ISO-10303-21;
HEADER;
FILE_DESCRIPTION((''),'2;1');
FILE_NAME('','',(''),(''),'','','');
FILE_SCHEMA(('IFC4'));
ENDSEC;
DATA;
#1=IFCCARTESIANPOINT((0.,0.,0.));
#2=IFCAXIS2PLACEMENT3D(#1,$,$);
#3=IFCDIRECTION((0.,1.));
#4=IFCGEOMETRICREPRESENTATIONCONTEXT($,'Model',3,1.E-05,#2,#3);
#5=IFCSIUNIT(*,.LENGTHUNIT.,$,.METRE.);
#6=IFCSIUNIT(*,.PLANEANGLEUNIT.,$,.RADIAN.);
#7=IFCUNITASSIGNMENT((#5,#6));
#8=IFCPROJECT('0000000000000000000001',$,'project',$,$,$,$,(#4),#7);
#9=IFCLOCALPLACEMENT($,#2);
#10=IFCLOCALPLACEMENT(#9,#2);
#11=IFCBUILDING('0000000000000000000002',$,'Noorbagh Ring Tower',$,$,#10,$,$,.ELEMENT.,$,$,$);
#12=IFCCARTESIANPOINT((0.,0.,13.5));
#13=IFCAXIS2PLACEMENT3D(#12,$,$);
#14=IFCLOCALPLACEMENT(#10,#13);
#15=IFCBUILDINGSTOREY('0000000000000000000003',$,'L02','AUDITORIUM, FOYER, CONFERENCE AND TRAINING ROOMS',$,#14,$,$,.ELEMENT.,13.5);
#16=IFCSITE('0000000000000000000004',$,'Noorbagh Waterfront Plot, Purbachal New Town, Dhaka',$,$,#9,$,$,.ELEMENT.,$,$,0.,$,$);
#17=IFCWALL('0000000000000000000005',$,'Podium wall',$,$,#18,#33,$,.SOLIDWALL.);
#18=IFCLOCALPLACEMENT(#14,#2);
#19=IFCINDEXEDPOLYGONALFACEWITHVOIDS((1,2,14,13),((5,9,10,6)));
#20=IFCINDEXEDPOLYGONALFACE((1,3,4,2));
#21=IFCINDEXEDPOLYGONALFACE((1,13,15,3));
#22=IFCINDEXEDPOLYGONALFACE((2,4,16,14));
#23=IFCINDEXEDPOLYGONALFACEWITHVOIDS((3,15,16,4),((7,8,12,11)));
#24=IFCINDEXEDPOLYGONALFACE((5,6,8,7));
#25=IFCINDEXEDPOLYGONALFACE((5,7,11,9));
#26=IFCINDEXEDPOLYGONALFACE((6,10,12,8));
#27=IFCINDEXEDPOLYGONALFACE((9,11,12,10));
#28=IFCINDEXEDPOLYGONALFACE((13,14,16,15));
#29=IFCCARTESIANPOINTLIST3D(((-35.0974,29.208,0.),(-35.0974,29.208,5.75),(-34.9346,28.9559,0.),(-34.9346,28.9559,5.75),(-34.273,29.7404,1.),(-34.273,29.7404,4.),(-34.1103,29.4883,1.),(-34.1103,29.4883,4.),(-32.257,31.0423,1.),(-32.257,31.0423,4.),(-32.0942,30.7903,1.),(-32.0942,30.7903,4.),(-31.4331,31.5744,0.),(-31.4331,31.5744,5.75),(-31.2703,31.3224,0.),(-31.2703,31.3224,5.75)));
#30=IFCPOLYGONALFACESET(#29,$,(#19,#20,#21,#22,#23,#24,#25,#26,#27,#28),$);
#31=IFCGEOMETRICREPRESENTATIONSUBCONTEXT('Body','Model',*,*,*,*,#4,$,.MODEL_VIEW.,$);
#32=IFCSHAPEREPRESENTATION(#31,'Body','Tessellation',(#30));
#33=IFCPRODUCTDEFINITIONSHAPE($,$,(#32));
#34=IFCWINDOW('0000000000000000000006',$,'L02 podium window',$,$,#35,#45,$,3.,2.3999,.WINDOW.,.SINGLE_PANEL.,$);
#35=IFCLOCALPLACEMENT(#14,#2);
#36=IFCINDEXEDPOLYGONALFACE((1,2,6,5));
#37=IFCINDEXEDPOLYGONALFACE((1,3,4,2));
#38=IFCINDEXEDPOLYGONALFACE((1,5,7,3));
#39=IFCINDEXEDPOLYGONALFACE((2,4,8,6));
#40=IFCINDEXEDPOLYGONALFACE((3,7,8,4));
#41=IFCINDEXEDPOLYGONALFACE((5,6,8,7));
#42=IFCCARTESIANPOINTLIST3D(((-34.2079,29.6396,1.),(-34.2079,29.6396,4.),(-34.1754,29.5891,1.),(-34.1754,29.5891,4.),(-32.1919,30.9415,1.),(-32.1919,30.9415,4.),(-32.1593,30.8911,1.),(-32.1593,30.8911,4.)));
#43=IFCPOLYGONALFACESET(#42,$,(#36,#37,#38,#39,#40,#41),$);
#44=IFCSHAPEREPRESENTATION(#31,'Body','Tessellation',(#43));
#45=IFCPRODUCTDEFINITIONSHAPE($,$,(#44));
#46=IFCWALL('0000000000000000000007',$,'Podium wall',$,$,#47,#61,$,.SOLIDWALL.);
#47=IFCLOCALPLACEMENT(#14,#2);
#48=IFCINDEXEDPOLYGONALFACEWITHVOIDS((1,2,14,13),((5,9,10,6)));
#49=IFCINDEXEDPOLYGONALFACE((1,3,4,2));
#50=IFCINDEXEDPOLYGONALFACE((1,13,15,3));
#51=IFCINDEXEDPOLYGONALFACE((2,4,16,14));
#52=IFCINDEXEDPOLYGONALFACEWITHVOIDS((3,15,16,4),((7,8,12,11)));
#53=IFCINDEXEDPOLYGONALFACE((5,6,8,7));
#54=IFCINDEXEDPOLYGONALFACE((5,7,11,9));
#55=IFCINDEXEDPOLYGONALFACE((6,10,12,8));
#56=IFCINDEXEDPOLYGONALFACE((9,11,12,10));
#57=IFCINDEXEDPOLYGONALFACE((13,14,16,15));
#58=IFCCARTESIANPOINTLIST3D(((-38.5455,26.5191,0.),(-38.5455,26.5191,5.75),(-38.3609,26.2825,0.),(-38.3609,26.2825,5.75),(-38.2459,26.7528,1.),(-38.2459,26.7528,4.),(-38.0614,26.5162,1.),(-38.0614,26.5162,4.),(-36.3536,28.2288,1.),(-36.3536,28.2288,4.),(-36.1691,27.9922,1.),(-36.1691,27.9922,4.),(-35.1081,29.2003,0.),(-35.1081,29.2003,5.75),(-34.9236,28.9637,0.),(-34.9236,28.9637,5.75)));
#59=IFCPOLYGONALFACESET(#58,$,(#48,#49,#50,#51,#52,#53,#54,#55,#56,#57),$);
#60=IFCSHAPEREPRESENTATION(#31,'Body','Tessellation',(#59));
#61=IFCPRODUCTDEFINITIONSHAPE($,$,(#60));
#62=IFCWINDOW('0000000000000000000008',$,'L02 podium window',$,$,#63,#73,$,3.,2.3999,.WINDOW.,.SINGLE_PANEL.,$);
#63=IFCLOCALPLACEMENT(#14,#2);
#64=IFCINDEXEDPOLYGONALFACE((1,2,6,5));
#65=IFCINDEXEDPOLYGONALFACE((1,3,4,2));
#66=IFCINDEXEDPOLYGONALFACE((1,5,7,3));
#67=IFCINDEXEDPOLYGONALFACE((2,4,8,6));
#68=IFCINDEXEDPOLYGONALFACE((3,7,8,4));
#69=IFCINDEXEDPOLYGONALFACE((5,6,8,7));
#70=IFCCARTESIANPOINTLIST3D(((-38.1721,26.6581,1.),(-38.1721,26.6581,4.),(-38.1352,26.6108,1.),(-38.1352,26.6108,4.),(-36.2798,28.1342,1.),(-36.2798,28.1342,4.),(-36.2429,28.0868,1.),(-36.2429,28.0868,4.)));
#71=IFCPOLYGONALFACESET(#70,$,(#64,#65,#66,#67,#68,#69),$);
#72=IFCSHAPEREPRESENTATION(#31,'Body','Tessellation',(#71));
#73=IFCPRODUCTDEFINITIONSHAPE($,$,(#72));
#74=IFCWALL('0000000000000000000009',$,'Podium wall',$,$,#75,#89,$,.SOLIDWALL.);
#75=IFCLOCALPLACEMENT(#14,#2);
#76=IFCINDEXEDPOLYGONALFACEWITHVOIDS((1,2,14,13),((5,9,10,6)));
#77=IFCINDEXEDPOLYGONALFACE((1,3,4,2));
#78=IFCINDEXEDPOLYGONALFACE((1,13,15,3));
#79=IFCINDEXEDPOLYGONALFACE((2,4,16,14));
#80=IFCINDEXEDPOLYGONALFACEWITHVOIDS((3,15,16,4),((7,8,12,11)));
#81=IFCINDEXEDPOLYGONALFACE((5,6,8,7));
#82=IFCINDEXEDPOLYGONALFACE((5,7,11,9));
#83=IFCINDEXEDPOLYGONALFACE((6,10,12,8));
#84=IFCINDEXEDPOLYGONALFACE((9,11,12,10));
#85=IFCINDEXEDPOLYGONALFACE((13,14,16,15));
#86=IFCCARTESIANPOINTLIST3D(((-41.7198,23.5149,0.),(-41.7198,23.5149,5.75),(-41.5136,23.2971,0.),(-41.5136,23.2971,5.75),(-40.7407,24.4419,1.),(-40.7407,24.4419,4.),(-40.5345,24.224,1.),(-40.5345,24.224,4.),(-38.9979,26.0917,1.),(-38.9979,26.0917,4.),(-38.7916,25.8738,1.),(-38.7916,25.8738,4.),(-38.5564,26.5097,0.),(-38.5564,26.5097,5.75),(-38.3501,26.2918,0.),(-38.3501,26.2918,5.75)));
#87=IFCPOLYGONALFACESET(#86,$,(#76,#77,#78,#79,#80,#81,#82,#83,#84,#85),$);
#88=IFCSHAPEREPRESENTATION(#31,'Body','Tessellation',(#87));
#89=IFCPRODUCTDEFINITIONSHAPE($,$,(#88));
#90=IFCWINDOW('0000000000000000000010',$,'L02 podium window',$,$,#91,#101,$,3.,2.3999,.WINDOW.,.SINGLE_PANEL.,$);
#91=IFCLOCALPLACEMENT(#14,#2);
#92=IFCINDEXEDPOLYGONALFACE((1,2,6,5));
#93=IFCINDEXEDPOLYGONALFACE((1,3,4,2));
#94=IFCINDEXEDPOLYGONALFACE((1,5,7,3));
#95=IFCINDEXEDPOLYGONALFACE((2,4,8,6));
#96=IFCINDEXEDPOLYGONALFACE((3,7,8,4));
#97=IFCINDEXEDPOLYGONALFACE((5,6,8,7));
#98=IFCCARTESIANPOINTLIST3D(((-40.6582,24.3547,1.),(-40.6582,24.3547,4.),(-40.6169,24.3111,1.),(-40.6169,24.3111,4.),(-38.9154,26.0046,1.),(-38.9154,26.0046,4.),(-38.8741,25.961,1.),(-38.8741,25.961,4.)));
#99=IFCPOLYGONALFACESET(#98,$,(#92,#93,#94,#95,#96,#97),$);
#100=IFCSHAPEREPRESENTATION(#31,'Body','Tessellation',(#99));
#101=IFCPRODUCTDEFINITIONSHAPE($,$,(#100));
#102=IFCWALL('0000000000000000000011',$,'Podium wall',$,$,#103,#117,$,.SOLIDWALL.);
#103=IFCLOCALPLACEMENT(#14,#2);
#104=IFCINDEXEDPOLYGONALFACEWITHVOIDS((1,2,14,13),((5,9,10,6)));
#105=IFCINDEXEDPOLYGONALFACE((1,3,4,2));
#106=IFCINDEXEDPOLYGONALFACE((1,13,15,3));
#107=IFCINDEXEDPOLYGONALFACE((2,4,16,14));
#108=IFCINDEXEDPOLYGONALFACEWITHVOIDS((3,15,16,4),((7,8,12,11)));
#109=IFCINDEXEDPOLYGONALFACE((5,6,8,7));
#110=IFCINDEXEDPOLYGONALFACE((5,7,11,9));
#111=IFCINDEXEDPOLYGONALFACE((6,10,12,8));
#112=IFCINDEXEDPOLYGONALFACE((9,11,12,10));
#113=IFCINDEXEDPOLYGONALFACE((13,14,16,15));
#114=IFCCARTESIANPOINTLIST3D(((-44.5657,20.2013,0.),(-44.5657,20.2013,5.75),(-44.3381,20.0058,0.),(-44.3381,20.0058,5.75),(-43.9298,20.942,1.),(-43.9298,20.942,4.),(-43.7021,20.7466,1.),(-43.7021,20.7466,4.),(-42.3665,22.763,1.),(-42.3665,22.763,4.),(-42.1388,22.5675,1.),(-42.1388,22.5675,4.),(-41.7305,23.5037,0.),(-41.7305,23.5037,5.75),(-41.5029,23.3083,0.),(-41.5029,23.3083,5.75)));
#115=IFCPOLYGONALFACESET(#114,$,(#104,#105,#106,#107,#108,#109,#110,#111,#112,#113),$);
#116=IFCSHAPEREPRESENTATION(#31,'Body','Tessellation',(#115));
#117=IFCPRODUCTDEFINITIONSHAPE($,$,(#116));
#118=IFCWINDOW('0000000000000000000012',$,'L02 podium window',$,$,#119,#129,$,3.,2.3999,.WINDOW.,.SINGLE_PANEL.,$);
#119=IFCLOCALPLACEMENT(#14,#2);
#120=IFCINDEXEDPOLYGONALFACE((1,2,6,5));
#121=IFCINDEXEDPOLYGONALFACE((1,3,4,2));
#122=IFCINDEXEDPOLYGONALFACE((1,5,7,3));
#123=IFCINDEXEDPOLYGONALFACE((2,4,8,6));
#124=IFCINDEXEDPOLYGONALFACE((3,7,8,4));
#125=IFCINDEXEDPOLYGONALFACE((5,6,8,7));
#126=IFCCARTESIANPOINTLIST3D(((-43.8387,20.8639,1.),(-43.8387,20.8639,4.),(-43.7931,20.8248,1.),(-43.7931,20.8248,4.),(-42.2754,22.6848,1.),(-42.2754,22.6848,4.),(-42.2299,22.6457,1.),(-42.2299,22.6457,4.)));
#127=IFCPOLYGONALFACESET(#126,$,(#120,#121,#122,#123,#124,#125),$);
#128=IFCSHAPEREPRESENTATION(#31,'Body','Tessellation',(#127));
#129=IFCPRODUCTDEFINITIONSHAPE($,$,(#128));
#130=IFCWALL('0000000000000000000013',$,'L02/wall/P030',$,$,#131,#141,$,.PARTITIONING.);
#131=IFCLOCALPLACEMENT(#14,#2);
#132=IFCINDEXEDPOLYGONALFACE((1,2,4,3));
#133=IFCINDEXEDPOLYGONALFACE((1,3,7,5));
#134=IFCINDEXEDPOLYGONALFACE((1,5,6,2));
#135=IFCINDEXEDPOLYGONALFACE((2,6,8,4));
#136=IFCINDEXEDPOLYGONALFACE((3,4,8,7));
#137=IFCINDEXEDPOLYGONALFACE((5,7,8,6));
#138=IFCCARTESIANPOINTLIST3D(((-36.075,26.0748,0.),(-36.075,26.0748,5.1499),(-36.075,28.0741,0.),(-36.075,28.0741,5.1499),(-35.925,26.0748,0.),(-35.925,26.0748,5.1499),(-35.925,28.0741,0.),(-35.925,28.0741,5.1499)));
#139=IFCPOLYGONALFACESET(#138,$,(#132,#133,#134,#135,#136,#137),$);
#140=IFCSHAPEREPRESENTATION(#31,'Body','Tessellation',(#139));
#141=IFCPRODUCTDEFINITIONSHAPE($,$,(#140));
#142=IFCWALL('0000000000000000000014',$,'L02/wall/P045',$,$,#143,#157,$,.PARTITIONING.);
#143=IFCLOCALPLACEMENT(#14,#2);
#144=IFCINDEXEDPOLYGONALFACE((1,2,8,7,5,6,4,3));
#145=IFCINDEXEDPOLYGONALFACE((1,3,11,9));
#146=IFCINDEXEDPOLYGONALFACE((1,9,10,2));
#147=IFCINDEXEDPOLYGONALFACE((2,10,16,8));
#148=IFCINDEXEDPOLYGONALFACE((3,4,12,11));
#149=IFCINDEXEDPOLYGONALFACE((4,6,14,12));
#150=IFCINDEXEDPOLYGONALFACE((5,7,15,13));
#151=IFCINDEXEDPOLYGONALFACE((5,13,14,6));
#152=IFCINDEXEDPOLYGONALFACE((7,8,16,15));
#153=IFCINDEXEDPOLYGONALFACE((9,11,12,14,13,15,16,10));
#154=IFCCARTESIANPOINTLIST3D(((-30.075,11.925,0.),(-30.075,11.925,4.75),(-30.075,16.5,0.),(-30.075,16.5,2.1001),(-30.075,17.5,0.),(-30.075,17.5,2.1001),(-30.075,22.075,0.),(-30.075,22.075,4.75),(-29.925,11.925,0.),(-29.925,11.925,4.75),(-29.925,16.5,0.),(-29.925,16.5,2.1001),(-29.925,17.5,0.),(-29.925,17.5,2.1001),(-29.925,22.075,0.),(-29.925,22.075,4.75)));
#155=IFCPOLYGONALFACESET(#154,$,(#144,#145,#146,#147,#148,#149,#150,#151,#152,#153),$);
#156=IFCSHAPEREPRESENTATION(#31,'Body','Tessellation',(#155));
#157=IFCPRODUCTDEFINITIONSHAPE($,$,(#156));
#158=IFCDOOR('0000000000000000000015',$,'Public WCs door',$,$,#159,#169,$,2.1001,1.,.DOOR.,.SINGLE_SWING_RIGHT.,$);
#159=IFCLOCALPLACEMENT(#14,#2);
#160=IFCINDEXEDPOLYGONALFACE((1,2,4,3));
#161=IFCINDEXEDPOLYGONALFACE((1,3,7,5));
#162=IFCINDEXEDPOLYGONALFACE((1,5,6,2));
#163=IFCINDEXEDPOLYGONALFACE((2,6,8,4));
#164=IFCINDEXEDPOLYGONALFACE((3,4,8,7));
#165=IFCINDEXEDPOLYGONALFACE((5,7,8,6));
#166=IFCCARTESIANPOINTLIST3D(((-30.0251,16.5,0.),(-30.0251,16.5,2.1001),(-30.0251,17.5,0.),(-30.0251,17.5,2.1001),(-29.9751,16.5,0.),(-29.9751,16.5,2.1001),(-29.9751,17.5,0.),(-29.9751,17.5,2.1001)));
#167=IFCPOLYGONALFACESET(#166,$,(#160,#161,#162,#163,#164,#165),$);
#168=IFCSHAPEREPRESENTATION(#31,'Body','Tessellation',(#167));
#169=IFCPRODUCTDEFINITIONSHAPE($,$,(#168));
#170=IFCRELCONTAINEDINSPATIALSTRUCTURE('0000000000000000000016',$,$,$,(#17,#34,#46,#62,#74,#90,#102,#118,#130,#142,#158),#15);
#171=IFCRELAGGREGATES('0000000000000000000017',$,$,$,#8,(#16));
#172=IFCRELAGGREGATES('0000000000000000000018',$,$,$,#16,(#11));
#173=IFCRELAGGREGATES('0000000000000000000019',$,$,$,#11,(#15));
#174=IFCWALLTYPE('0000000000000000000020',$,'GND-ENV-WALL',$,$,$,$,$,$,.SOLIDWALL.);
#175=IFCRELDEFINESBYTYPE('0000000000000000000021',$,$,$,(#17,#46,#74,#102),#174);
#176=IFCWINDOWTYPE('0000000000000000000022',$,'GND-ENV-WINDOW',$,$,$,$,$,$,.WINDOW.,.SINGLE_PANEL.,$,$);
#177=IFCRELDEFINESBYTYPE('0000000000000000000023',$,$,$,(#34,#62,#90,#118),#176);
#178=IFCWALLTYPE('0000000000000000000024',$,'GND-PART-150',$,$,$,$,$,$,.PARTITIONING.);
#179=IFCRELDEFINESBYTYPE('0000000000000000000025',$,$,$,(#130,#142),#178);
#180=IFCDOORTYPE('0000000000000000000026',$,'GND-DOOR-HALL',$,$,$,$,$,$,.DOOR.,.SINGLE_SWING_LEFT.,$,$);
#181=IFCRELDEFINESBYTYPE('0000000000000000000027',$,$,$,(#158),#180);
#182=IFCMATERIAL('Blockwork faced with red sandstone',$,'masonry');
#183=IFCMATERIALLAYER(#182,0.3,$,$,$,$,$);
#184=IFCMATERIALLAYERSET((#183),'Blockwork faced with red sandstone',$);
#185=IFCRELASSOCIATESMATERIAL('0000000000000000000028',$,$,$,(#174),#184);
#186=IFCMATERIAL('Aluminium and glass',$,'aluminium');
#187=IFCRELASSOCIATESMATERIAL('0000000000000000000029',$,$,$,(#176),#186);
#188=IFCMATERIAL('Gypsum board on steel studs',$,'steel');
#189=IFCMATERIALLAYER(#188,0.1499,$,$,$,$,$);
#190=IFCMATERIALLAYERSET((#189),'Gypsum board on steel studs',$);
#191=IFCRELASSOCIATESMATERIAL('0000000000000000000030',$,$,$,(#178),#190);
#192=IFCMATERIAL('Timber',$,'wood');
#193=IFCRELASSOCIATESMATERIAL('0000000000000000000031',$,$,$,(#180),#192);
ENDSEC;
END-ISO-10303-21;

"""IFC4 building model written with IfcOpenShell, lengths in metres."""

from ifc_helpers import new_model, si_unit, direction, frame, frame_2d, origin, place, context, subcontext, project, spatial, rectangle, extrude, material, layer, layer_set, type_object, element, fill, save


model = new_model("IFC4")

# Units and contexts
model_context = context("Model", 3, precision=1e-05, world=origin(), true_north=direction((0.0, 1.0)))
body_context = subcontext(model_context, "Body", "Model", "MODEL_VIEW")
ifc_project = project(units=[si_unit("LENGTHUNIT", "METRE"), si_unit("PLANEANGLEUNIT", "RADIAN")], contexts=[model_context])

# Site, building, storey
site_placement = place(None, origin())
site = spatial("IfcSite", under=ifc_project, at=site_placement, Name="Noorbagh Waterfront Plot, Purbachal New Town, Dhaka", CompositionType="ELEMENT", RefElevation=0.0)
building_placement = place(site_placement, origin())
building = spatial("IfcBuilding", under=site, at=building_placement, Name="Noorbagh Ring Tower", CompositionType="ELEMENT")
storey_placement = place(building_placement, frame((0.0, 0.0, 13.5)))
storey = spatial("IfcBuildingStorey", under=building, at=storey_placement, Name="L02", Description="AUDITORIUM, FOYER, CONFERENCE AND TRAINING ROOMS", CompositionType="ELEMENT", Elevation=13.5)

# Walls, openings, windows
ifc_material_1 = material(Name="Blockwork faced with red sandstone", Category="masonry")
ifc_layer_1 = layer(ifc_material_1, 0.3)
ifc_layer_set_1 = layer_set([ifc_layer_1], Name="Blockwork faced with red sandstone")
wall_type_1 = type_object("IfcWallType", Name="GND-ENV-WALL", PredefinedType="SOLIDWALL", material=ifc_layer_set_1)
wall_1_placement = place(storey_placement, frame((-31.3516, 31.4485, 0.0), z_axis=(0.0, 0.0, 1.0), x_axis=(-0.840047, -0.542513, 0.0)))
wall_1 = element("IfcWall", 1, at=wall_1_placement, inside=storey, type_object=wall_type_1, Name="Podium wall", PredefinedType="SOLIDWALL", context=body_context, shape_type="SweptSolid", body=[
    extrude(rectangle(XDim=4.3621, YDim=0.3, at=frame_2d((2.1812, 0.0))), origin(), (0.0, 0.0, 1.0), 5.75),
])
opening_1_placement = place(wall_1_placement, frame((0.981, 0.0, 1.0)))
opening_1 = element("IfcOpeningElement", 2, at=opening_1_placement, cuts=wall_1, PredefinedType="OPENING", context=body_context, shape_type="SweptSolid", body=[
    extrude(rectangle(XDim=2.3999, YDim=3.0, at=frame_2d((1.2, 1.5))), frame((0.0, 0.1602, 0.0), z_axis=(0.0, -1.0, 0.0), x_axis=(1.0, 0.0, 0.0)), (0.0, 0.0, 1.0), 0.3201),
])
ifc_material_2 = material(Name="Aluminium and glass", Category="aluminium")
window_type = type_object("IfcWindowType", Name="GND-ENV-WINDOW", PartitioningType="SINGLE_PANEL", PredefinedType="WINDOW", material=ifc_material_2)
window_1_placement = place(opening_1_placement, origin())
window_1 = element("IfcWindow", 3, at=window_1_placement, inside=storey, type_object=window_type, Name="L02 podium window", OverallHeight=3.0, OverallWidth=2.3999, PartitioningType="SINGLE_PANEL", PredefinedType="WINDOW", context=body_context, shape_type="SweptSolid", body=[
    extrude(rectangle(XDim=2.3999, YDim=3.0, at=frame_2d((1.2, 1.5))), frame((0.0, 0.03, 0.0), z_axis=(0.0, -1.0, 0.0), x_axis=(1.0, 0.0, 0.0)), (0.0, 0.0, 1.0), 0.0601),
])
fill(opening_1, window_1)
wall_2_placement = place(storey_placement, frame((-35.0159, 29.082, 0.0), z_axis=(0.0, 0.0, 1.0), x_axis=(-0.788492, -0.615045, 0.0)))
wall_2 = element("IfcWall", 4, at=wall_2_placement, inside=storey, type_object=wall_type_1, Name="Podium wall", PredefinedType="SOLIDWALL", context=body_context, shape_type="SweptSolid", body=[
    extrude(rectangle(XDim=4.3594, YDim=0.3, at=frame_2d((2.1797, 0.0))), origin(), (0.0, 0.0, 1.0), 5.75),
])
opening_2_placement = place(wall_2_placement, frame((1.5796, 0.0, 1.0)))
opening_2 = element("IfcOpeningElement", 5, at=opening_2_placement, cuts=wall_2, PredefinedType="OPENING", context=body_context, shape_type="SweptSolid", body=[
    extrude(rectangle(XDim=2.3999, YDim=3.0, at=frame_2d((1.2, 1.5))), frame((0.0, 0.1602, 0.0), z_axis=(0.0, -1.0, 0.0), x_axis=(1.0, 0.0, 0.0)), (0.0, 0.0, 1.0), 0.3201),
])
window_2_placement = place(opening_2_placement, origin())
window_2 = element("IfcWindow", 6, at=window_2_placement, inside=storey, type_object=window_type, Name="L02 podium window", OverallHeight=3.0, OverallWidth=2.3999, PartitioningType="SINGLE_PANEL", PredefinedType="WINDOW", context=body_context, shape_type="SweptSolid", body=[
    extrude(rectangle(XDim=2.3999, YDim=3.0, at=frame_2d((1.2, 1.5))), frame((0.0, 0.03, 0.0), z_axis=(0.0, -1.0, 0.0), x_axis=(1.0, 0.0, 0.0)), (0.0, 0.0, 1.0), 0.0601),
])
fill(opening_2, window_2)
wall_3_placement = place(storey_placement, frame((-38.4531, 26.4009, 0.0), z_axis=(0.0, 0.0, 1.0), x_axis=(-0.726204, -0.687479, 0.0)))
wall_3 = element("IfcWall", 7, at=wall_3_placement, inside=storey, type_object=wall_type_1, Name="Podium wall", PredefinedType="SOLIDWALL", context=body_context, shape_type="SweptSolid", body=[
    extrude(rectangle(XDim=4.3562, YDim=0.3, at=frame_2d((2.1782, 0.0))), origin(), (0.0, 0.0, 1.0), 5.75),
])
opening_3_placement = place(wall_3_placement, frame((0.6082, 0.0, 1.0)))
opening_3 = element("IfcOpeningElement", 8, at=opening_3_placement, cuts=wall_3, PredefinedType="OPENING", context=body_context, shape_type="SweptSolid", body=[
    extrude(rectangle(XDim=2.3999, YDim=3.0, at=frame_2d((1.2, 1.5))), frame((0.0, 0.1602, 0.0), z_axis=(0.0, -1.0, 0.0), x_axis=(1.0, 0.0, 0.0)), (0.0, 0.0, 1.0), 0.3201),
])
window_3_placement = place(opening_3_placement, origin())
window_3 = element("IfcWindow", 9, at=window_3_placement, inside=storey, type_object=window_type, Name="L02 podium window", OverallHeight=3.0, OverallWidth=2.3999, PartitioningType="SINGLE_PANEL", PredefinedType="WINDOW", context=body_context, shape_type="SweptSolid", body=[
    extrude(rectangle(XDim=2.3999, YDim=3.0, at=frame_2d((1.2, 1.5))), frame((0.0, 0.03, 0.0), z_axis=(0.0, -1.0, 0.0), x_axis=(1.0, 0.0, 0.0)), (0.0, 0.0, 1.0), 0.0601),
])
fill(opening_3, window_3)
wall_4_placement = place(storey_placement, frame((-41.6167, 23.406, 0.0), z_axis=(0.0, 0.0, 1.0), x_axis=(-0.651387, -0.758746, 0.0)))
wall_4 = element("IfcWall", 10, at=wall_4_placement, inside=storey, type_object=wall_type_1, Name="Podium wall", PredefinedType="SOLIDWALL", context=body_context, shape_type="SweptSolid", body=[
    extrude(rectangle(XDim=4.3525, YDim=0.3, at=frame_2d((2.1763, 0.0))), origin(), (0.0, 0.0, 1.0), 5.75),
])
opening_4_placement = place(wall_4_placement, frame((0.9763, 0.0, 1.0)))
opening_4 = element("IfcOpeningElement", 11, at=opening_4_placement, cuts=wall_4, PredefinedType="OPENING", context=body_context, shape_type="SweptSolid", body=[
    extrude(rectangle(XDim=2.3999, YDim=3.0, at=frame_2d((1.2, 1.5))), frame((0.0, 0.1602, 0.0), z_axis=(0.0, -1.0, 0.0), x_axis=(1.0, 0.0, 0.0)), (0.0, 0.0, 1.0), 0.3201),
])
window_4_placement = place(opening_4_placement, origin())
window_4 = element("IfcWindow", 12, at=window_4_placement, inside=storey, type_object=window_type, Name="L02 podium window", OverallHeight=3.0, OverallWidth=2.3999, PartitioningType="SINGLE_PANEL", PredefinedType="WINDOW", context=body_context, shape_type="SweptSolid", body=[
    extrude(rectangle(XDim=2.3999, YDim=3.0, at=frame_2d((1.2, 1.5))), frame((0.0, 0.03, 0.0), z_axis=(0.0, -1.0, 0.0), x_axis=(1.0, 0.0, 0.0)), (0.0, 0.0, 1.0), 0.0601),
])
fill(opening_4, window_4)

# Wall
ifc_material_3 = material(Name="Gypsum board on steel studs", Category="steel")
ifc_layer_2 = layer(ifc_material_3, 0.1499)
ifc_layer_set_2 = layer_set([ifc_layer_2], Name="Gypsum board on steel studs")
wall_type_2 = type_object("IfcWallType", Name="GND-PART-150", PredefinedType="PARTITIONING", material=ifc_layer_set_2)
wall_5_placement = place(storey_placement, frame((-36.0, 26.075, 0.0), z_axis=(0.0, 0.0, 1.0), x_axis=(0.0, 1.0, 0.0)))
element("IfcWall", 13, at=wall_5_placement, inside=storey, type_object=wall_type_2, Name="L02/wall/P030", PredefinedType="PARTITIONING", context=body_context, shape_type="SweptSolid", body=[
    extrude(rectangle(XDim=1.9993, YDim=0.1499, at=frame_2d((0.9995, 0.0))), origin(), (0.0, 0.0, 1.0), 5.1499),
])

# Wall, opening, door
wall_6_placement = place(storey_placement, frame((-30.0, 22.075, 0.0), z_axis=(0.0, 0.0, 1.0), x_axis=(0.0, -1.0, 0.0)))
wall_6 = element("IfcWall", 14, at=wall_6_placement, inside=storey, type_object=wall_type_2, Name="L02/wall/P045", PredefinedType="PARTITIONING", context=body_context, shape_type="SweptSolid", body=[
    extrude(rectangle(XDim=10.1499, YDim=0.1499, at=frame_2d((5.075, 0.0))), origin(), (0.0, 0.0, 1.0), 4.75),
])
opening_5_placement = place(wall_6_placement, frame((4.575, 0.0, 0.0)))
opening_5 = element("IfcOpeningElement", 15, at=opening_5_placement, cuts=wall_6, PredefinedType="OPENING", context=body_context, shape_type="SweptSolid", body=[
    extrude(rectangle(XDim=1.0, YDim=2.1001, at=frame_2d((0.5, 1.05))), frame((0.0, 0.085, 0.0), z_axis=(0.0, -1.0, 0.0), x_axis=(1.0, 0.0, 0.0)), (0.0, 0.0, 1.0), 0.1699),
])
ifc_material_4 = material(Name="Timber", Category="wood")
door_type_1 = type_object("IfcDoorType", Name="GND-DOOR-HALL", OperationType="SINGLE_SWING_LEFT", PredefinedType="DOOR", material=ifc_material_4)
door_1_placement = place(opening_5_placement, origin())
door_1 = element("IfcDoor", 16, at=door_1_placement, inside=storey, type_object=door_type_1, Name="Public WCs door", OperationType="SINGLE_SWING_RIGHT", OverallHeight=2.1001, OverallWidth=1.0, PredefinedType="DOOR", context=body_context, shape_type="SweptSolid", body=[
    extrude(rectangle(XDim=1.0, YDim=2.1001, at=frame_2d((0.5, 1.05))), frame((0.0, 0.0249, 0.0), z_axis=(0.0, -1.0, 0.0), x_axis=(1.0, 0.0, 0.0)), (0.0, 0.0, 1.0), 0.05),
])
fill(opening_5, door_1)

save(model, "model.ifc")
